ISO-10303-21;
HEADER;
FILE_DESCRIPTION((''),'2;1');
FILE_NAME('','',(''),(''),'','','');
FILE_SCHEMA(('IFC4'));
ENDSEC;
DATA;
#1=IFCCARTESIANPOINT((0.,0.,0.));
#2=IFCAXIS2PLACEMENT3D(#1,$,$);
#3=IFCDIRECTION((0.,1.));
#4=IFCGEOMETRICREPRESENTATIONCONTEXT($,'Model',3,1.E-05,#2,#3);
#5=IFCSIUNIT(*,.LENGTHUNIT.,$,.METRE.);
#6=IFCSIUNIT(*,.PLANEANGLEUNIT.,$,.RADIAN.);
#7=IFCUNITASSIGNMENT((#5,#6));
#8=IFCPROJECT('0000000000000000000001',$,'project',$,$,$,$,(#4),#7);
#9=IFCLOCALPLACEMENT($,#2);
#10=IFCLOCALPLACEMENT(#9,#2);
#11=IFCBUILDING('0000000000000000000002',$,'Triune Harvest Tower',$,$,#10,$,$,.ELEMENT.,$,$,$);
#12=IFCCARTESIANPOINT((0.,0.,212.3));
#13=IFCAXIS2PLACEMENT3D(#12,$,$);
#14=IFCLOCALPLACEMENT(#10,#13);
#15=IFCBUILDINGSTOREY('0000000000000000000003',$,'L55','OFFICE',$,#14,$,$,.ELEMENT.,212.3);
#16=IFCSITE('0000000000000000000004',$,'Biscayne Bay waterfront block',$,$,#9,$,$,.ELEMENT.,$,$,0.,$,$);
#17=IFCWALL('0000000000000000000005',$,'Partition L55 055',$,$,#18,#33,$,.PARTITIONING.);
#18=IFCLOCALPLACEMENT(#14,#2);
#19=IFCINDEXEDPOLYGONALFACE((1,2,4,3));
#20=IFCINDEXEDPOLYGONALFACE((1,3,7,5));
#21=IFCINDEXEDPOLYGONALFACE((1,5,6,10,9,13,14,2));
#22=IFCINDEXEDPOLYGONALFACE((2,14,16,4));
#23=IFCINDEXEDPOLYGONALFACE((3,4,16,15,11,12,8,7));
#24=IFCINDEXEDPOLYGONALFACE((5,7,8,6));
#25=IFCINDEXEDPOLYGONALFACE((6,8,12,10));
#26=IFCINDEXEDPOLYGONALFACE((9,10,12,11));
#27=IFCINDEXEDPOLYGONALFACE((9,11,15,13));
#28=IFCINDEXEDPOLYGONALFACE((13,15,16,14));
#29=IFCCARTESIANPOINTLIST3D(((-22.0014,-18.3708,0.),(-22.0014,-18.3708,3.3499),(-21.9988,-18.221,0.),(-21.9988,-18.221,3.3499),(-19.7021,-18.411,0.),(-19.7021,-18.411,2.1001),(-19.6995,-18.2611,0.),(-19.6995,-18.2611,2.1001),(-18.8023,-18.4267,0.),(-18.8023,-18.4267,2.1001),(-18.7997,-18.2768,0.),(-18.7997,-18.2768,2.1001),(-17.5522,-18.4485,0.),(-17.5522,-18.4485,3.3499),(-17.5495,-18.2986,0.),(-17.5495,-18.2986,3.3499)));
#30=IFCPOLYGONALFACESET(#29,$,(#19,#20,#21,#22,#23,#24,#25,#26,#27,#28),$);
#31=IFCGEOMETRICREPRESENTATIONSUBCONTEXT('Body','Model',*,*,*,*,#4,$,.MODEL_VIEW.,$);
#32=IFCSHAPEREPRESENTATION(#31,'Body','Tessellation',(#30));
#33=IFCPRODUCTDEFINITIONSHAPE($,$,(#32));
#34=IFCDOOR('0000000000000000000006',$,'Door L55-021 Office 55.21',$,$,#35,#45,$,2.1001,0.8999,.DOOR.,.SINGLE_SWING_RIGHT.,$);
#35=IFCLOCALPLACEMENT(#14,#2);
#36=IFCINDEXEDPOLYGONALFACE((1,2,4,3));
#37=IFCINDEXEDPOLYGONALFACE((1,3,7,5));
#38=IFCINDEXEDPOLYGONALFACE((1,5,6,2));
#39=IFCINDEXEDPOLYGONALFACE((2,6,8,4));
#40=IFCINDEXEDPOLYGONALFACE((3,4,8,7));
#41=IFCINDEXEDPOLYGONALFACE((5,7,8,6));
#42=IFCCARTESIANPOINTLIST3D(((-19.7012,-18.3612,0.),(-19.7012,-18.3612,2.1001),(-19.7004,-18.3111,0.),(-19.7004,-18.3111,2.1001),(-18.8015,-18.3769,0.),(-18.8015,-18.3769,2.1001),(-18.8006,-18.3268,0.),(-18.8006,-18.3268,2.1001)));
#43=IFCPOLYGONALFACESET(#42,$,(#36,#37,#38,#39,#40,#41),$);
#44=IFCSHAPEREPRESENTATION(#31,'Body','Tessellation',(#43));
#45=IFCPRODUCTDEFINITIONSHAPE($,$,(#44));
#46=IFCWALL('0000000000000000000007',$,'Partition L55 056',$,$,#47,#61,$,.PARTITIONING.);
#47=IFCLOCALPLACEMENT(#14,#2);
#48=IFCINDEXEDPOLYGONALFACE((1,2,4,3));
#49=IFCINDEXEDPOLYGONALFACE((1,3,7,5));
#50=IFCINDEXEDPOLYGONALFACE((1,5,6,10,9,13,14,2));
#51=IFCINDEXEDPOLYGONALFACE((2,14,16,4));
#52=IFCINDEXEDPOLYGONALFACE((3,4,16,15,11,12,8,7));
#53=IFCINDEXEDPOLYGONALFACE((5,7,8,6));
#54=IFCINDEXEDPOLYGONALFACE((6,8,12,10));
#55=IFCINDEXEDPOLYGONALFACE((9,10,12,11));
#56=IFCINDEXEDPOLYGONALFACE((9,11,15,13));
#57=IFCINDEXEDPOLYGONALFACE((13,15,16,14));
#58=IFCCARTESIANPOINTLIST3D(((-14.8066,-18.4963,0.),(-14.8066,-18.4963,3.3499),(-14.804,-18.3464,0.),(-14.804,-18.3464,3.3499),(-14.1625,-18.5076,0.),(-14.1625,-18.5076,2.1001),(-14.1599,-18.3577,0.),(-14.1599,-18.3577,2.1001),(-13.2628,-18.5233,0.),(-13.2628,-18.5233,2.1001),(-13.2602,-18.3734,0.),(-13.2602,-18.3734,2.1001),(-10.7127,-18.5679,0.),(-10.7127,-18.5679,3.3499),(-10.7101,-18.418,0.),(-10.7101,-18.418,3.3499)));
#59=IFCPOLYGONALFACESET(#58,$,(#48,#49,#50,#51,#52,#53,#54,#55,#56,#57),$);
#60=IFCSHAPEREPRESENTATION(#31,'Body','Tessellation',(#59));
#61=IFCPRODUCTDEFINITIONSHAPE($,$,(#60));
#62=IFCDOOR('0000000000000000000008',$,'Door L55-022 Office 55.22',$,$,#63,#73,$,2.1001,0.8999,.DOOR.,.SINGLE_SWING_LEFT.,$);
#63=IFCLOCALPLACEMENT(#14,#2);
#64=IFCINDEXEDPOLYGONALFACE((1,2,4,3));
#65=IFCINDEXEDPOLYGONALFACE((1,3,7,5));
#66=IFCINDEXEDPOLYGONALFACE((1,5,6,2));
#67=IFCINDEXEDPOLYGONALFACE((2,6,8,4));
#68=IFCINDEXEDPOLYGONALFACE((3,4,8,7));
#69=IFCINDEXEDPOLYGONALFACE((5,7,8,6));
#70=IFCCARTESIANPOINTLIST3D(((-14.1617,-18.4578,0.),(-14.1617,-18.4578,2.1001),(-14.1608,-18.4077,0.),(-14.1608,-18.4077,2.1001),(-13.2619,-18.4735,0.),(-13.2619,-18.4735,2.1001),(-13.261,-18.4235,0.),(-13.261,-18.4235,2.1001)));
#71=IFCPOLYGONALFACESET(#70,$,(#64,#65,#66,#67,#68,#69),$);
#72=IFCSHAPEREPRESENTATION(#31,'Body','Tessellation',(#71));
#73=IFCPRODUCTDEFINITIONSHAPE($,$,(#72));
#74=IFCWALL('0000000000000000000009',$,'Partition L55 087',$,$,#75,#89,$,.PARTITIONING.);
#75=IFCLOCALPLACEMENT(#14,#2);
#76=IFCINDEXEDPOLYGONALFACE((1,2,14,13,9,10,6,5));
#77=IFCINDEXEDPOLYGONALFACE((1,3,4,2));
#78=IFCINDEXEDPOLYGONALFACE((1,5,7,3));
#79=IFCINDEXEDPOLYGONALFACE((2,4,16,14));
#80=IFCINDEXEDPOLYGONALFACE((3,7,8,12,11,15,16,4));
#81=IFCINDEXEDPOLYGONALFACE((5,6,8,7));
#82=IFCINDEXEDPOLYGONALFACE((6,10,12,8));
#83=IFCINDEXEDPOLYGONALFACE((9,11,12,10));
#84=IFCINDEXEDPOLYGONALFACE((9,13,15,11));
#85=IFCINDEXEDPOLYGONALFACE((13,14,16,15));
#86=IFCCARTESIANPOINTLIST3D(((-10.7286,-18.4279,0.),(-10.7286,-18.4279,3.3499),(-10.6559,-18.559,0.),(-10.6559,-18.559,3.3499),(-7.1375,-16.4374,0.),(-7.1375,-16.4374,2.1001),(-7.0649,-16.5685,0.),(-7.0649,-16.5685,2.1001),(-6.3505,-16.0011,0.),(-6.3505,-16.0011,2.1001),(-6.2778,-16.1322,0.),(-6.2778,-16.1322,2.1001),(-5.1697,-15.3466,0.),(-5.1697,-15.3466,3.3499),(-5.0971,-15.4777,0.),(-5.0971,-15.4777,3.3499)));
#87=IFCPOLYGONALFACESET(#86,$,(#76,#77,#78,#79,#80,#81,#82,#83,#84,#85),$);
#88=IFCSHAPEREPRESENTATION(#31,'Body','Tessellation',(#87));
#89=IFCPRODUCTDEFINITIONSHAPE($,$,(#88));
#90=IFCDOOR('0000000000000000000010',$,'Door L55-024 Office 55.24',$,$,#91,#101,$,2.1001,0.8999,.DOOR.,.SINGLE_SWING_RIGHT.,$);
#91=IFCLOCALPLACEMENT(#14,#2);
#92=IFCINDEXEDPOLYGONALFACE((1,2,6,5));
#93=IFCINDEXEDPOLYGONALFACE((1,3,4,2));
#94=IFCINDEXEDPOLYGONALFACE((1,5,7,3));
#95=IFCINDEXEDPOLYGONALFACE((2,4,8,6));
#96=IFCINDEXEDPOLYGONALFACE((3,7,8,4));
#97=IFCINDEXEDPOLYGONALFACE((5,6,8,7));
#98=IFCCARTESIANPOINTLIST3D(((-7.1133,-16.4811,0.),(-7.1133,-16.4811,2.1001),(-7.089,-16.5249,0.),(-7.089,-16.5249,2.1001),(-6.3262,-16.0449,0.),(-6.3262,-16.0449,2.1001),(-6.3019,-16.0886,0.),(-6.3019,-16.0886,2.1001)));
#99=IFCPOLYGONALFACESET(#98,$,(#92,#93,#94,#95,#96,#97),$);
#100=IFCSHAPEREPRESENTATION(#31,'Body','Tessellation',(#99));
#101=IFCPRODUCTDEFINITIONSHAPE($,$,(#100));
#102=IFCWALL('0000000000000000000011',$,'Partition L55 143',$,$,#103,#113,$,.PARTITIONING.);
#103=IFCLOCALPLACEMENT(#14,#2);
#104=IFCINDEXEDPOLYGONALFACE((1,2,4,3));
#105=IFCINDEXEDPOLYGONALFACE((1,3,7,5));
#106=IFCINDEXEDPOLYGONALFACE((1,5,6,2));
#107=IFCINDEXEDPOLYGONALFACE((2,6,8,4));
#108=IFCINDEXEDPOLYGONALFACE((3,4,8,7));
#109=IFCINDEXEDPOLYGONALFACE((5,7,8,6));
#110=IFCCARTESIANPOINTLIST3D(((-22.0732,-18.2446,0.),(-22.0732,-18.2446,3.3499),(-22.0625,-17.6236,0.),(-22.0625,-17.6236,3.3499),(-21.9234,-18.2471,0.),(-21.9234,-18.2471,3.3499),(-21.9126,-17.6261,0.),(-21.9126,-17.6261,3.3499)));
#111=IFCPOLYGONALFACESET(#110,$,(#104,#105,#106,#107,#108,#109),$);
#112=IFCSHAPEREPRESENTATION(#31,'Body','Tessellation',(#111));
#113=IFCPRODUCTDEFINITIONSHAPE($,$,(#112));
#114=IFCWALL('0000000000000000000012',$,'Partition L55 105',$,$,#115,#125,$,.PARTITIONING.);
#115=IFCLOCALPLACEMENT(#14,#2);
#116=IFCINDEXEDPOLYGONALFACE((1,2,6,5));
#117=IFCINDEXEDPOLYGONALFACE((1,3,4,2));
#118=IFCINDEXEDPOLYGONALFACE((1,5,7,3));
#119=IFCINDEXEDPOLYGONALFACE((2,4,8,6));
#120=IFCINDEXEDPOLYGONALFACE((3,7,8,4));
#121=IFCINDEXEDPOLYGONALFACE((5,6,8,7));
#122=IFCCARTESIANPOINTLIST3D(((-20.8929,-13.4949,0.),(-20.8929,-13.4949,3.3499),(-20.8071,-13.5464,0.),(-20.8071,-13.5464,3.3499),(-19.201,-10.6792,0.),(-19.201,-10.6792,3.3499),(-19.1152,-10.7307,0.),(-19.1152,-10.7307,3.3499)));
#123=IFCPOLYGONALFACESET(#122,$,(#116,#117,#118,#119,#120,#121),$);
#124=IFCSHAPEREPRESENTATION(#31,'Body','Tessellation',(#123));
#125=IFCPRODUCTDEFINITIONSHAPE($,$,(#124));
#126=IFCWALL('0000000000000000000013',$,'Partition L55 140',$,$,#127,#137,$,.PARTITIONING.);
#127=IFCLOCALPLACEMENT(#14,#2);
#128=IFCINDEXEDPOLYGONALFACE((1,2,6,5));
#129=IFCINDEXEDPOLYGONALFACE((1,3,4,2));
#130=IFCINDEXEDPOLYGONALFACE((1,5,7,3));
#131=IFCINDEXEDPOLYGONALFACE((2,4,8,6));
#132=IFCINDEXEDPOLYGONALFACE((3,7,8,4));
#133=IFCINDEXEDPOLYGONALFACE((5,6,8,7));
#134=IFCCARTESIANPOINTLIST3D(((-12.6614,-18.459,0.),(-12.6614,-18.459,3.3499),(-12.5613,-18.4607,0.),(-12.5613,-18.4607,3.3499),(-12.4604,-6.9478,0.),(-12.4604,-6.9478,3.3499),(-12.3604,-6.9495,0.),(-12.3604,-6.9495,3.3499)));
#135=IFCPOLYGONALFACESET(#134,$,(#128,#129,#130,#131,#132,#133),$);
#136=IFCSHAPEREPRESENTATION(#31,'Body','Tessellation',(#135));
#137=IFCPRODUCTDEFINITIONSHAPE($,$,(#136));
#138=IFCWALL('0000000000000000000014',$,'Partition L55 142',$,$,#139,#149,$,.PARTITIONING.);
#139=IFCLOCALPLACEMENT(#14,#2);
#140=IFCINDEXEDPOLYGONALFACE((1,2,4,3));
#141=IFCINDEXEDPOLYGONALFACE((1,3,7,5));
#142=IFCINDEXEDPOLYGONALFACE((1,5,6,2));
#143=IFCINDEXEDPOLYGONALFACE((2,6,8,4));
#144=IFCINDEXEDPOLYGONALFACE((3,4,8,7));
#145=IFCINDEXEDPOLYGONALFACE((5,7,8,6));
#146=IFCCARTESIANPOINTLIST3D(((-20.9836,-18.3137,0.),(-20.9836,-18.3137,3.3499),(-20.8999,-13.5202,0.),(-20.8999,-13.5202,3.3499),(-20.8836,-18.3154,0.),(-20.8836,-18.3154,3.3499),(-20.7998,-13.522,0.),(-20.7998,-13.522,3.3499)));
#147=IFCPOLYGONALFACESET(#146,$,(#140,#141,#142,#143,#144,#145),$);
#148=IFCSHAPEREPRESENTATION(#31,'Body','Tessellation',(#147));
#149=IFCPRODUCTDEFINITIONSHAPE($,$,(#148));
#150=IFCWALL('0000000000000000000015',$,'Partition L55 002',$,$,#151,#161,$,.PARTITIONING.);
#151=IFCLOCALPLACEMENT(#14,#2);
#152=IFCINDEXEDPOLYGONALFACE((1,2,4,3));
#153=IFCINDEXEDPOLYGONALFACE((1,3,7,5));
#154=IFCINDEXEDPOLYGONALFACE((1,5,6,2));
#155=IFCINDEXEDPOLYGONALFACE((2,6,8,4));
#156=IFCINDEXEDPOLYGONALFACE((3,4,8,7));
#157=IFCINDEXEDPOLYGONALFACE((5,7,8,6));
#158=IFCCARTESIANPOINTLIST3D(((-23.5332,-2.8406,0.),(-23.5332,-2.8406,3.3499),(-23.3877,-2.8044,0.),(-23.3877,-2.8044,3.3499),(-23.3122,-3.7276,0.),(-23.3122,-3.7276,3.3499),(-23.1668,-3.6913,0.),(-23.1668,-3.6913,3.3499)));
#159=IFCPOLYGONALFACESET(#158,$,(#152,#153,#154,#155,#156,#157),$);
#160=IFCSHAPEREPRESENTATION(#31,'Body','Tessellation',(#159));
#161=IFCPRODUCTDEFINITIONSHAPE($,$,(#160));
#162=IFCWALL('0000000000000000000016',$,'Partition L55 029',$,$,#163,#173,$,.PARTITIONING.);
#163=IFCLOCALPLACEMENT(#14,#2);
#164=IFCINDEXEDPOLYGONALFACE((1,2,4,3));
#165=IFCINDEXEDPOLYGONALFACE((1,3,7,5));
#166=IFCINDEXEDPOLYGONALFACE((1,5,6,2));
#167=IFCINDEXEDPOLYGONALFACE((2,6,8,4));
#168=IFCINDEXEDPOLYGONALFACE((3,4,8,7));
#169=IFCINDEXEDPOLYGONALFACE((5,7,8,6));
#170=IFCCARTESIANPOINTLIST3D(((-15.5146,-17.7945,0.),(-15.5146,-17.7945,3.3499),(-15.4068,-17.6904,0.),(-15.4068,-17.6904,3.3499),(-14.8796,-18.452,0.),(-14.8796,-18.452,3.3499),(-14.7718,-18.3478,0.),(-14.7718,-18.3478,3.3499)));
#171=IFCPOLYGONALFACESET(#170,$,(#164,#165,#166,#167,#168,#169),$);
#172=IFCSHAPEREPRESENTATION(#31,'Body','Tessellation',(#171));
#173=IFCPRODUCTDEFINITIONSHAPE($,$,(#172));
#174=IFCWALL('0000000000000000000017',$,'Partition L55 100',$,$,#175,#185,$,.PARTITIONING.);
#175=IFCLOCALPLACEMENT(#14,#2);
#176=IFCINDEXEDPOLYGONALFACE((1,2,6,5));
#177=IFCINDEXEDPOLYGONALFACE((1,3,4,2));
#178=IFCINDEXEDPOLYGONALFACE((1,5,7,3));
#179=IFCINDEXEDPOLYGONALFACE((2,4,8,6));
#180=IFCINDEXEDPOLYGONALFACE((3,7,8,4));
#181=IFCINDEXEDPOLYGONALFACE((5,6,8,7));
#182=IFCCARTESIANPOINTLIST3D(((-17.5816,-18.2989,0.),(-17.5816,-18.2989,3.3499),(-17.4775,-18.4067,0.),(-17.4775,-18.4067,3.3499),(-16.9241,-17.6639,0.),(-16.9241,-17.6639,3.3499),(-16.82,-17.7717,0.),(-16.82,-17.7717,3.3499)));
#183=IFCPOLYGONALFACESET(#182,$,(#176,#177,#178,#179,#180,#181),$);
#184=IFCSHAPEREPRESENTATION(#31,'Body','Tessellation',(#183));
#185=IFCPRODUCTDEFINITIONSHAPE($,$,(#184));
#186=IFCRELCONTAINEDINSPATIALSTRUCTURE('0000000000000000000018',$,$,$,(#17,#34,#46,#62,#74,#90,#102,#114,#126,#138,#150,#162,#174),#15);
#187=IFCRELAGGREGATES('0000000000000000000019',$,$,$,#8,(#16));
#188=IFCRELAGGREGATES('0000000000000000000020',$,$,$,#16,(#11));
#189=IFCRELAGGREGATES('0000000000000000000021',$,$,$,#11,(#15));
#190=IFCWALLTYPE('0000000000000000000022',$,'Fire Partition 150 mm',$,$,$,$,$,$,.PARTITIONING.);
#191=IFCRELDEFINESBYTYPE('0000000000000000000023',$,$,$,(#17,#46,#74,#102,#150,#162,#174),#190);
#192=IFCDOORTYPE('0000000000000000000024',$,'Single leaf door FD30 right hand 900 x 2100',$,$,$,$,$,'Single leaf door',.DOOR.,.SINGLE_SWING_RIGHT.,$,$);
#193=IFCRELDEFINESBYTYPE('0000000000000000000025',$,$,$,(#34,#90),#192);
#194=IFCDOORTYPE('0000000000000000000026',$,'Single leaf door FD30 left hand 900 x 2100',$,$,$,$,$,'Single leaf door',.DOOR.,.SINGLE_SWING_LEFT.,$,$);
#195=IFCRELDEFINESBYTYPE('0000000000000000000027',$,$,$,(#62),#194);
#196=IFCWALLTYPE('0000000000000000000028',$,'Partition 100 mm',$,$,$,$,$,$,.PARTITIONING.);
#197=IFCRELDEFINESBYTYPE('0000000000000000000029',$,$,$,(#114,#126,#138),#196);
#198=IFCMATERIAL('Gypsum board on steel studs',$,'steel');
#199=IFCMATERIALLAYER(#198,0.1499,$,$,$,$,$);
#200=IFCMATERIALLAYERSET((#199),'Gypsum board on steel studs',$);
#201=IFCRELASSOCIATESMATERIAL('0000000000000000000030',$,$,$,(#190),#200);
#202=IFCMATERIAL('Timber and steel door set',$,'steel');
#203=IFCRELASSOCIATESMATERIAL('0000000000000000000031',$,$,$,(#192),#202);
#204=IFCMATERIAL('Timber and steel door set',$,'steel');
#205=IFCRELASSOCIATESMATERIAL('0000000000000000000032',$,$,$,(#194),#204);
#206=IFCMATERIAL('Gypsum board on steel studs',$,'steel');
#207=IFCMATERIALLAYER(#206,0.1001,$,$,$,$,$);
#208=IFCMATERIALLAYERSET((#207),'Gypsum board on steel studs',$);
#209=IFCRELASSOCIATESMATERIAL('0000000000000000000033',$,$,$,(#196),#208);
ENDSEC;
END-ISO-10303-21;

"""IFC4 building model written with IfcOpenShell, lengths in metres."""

from ifc_helpers import new_model, si_unit, direction, frame, frame_2d, origin, place, context, subcontext, project, spatial, rectangle, extrude, source, transform, mapped, material, layer, layer_set, type_object, element, fill, save


model = new_model("IFC4")

# Units and contexts
model_context = context("Model", 3, precision=1e-05, world=origin(), true_north=direction((0.0, 1.0)))
body_context = subcontext(model_context, "Body", "Model", "MODEL_VIEW")
ifc_project = project(units=[si_unit("LENGTHUNIT", "METRE"), si_unit("PLANEANGLEUNIT", "RADIAN")], contexts=[model_context])

# Site, building, storey
site_placement = place(None, origin())
site = spatial("IfcSite", under=ifc_project, at=site_placement, Name="Biscayne Bay waterfront block", CompositionType="ELEMENT", RefElevation=0.0)
building_placement = place(site_placement, origin())
building = spatial("IfcBuilding", under=site, at=building_placement, Name="Triune Harvest Tower", CompositionType="ELEMENT")
storey_placement = place(building_placement, frame((0.0, 0.0, 212.3)))
storey = spatial("IfcBuildingStorey", under=building, at=storey_placement, Name="L55", Description="OFFICE", CompositionType="ELEMENT", Elevation=212.3)

# Walls, openings, doors
ifc_material_1 = material(Name="Gypsum board on steel studs", Category="steel")
ifc_layer_1 = layer(ifc_material_1, 0.1499)
ifc_layer_set_1 = layer_set([ifc_layer_1], Name="Gypsum board on steel studs")
wall_type_1 = type_object("IfcWallType", Name="Fire Partition 150 mm", PredefinedType="PARTITIONING", material=ifc_layer_set_1)
wall_1_placement = place(storey_placement, frame((-22.0002, -18.2959, 0.0), z_axis=(0.0, 0.0, 1.0), x_axis=(0.999848, -0.017447, 0.0)))
wall_1 = element("IfcWall", 1, at=wall_1_placement, inside=storey, type_object=wall_type_1, Name="Partition L55 055", PredefinedType="PARTITIONING", context=body_context, shape_type="SweptSolid", body=[
    extrude(rectangle(XDim=4.45, YDim=0.1499, at=frame_2d((2.2251, 0.0))), origin(), (0.0, 0.0, 1.0), 3.3499),
])
opening_1_placement = place(wall_1_placement, frame((2.2998, 0.0, 0.0)))
opening_1 = element("IfcOpeningElement", 2, at=opening_1_placement, cuts=wall_1, PredefinedType="OPENING", context=body_context, shape_type="SweptSolid", body=[
    extrude(rectangle(XDim=0.8999, YDim=2.1001, at=frame_2d((0.45, 1.05))), frame((0.0, 0.085, 0.0), z_axis=(0.0, -1.0, 0.0), x_axis=(1.0, 0.0, 0.0)), (0.0, 0.0, 1.0), 0.1699),
])
ifc_material_2 = material(Name="Timber and steel door set", Category="steel")
door_type_1 = type_object("IfcDoorType", Name="Single leaf door FD30 right hand 900 x 2100", ElementType="Single leaf door", OperationType="SINGLE_SWING_RIGHT", PredefinedType="DOOR", material=ifc_material_2)
door_1_placement = place(opening_1_placement, origin())
door_1 = element("IfcDoor", 3, at=door_1_placement, inside=storey, type_object=door_type_1, Name="Door L55-021 Office 55.21", OperationType="SINGLE_SWING_RIGHT", OverallHeight=2.1001, OverallWidth=0.8999, PredefinedType="DOOR", context=body_context, shape_type="SweptSolid", body=[
    extrude(rectangle(XDim=0.8999, YDim=2.1001, at=frame_2d((0.45, 1.05))), frame((0.0, 0.0249, 0.0), z_axis=(0.0, -1.0, 0.0), x_axis=(1.0, 0.0, 0.0)), (0.0, 0.0, 1.0), 0.05),
])
fill(opening_1, door_1)
wall_2_placement = place(storey_placement, frame((-14.8054, -18.4214, 0.0), z_axis=(0.0, 0.0, 1.0), x_axis=(0.999847, -0.017471, 0.0)))
wall_2 = element("IfcWall", 4, at=wall_2_placement, inside=storey, type_object=wall_type_1, Name="Partition L55 056", PredefinedType="PARTITIONING", context=body_context, shape_type="SweptSolid", body=[
    extrude(rectangle(XDim=4.0945, YDim=0.1499, at=frame_2d((2.0474, 0.0))), origin(), (0.0, 0.0, 1.0), 3.3499),
])
opening_2_placement = place(wall_2_placement, frame((0.6443, 0.0, 0.0)))
opening_2 = element("IfcOpeningElement", 5, at=opening_2_placement, cuts=wall_2, PredefinedType="OPENING", context=body_context, shape_type="SweptSolid", body=[
    extrude(rectangle(XDim=0.8999, YDim=2.1001, at=frame_2d((0.45, 1.05))), frame((0.0, 0.085, 0.0), z_axis=(0.0, -1.0, 0.0), x_axis=(1.0, 0.0, 0.0)), (0.0, 0.0, 1.0), 0.1699),
])
ifc_material_3 = material(Name="Timber and steel door set", Category="steel")
door_type_2 = type_object("IfcDoorType", Name="Single leaf door FD30 left hand 900 x 2100", ElementType="Single leaf door", OperationType="SINGLE_SWING_LEFT", PredefinedType="DOOR", material=ifc_material_3)
door_2_placement = place(opening_2_placement, origin())
door_2 = element("IfcDoor", 6, at=door_2_placement, inside=storey, type_object=door_type_2, Name="Door L55-022 Office 55.22", OperationType="SINGLE_SWING_LEFT", OverallHeight=2.1001, OverallWidth=0.8999, PredefinedType="DOOR", context=body_context, shape_type="SweptSolid", body=[
    extrude(rectangle(XDim=0.8999, YDim=2.1001, at=frame_2d((0.45, 1.05))), frame((0.0, 0.0249, 0.0), z_axis=(0.0, -1.0, 0.0), x_axis=(1.0, 0.0, 0.0)), (0.0, 0.0, 1.0), 0.05),
])
fill(opening_2, door_2)
wall_3_placement = place(storey_placement, frame((-10.6921, -18.4934, 0.0), z_axis=(0.0, 0.0, 1.0), x_axis=(0.874621, 0.484808, 0.0)))
wall_3 = element("IfcWall", 7, at=wall_3_placement, inside=storey, type_object=wall_type_1, Name="Partition L55 087", PredefinedType="PARTITIONING", context=body_context, shape_type="SweptSolid", body=[
    extrude(rectangle(XDim=6.3557, YDim=0.1499, at=frame_2d((3.1777, 0.0))), origin(), (0.0, 0.0, 1.0), 3.3499),
])
opening_3_placement = place(wall_3_placement, frame((4.1057, 0.0, 0.0)))
opening_3 = element("IfcOpeningElement", 8, at=opening_3_placement, cuts=wall_3, PredefinedType="OPENING", context=body_context, shape_type="SweptSolid", body=[
    extrude(rectangle(XDim=0.8999, YDim=2.1001, at=frame_2d((0.45, 1.05))), frame((0.0, 0.085, 0.0), z_axis=(0.0, -1.0, 0.0), x_axis=(1.0, 0.0, 0.0)), (0.0, 0.0, 1.0), 0.1699),
])
door_3_placement = place(opening_3_placement, origin())
door_3 = element("IfcDoor", 9, at=door_3_placement, inside=storey, type_object=door_type_1, Name="Door L55-024 Office 55.24", OperationType="SINGLE_SWING_RIGHT", OverallHeight=2.1001, OverallWidth=0.8999, PredefinedType="DOOR", context=body_context, shape_type="SweptSolid", body=[
    extrude(rectangle(XDim=0.8999, YDim=2.1001, at=frame_2d((0.45, 1.05))), frame((0.0, 0.0249, 0.0), z_axis=(0.0, -1.0, 0.0), x_axis=(1.0, 0.0, 0.0)), (0.0, 0.0, 1.0), 0.05),
])
fill(opening_3, door_3)

# Walls
wall_4_placement = place(storey_placement, frame((-21.9983, -18.2458, 0.0), z_axis=(0.0, 0.0, 1.0), x_axis=(0.017293, 0.99985, 0.0)))
element("IfcWall", 10, at=wall_4_placement, inside=storey, type_object=wall_type_1, Name="Partition L55 143", PredefinedType="PARTITIONING", context=body_context, shape_type="SweptSolid", body=[
    extrude(rectangle(XDim=0.6211, YDim=0.1499, at=frame_2d((0.3105, 0.0))), origin(), (0.0, 0.0, 1.0), 3.3499),
])
ifc_material_4 = material(Name="Gypsum board on steel studs", Category="steel")
ifc_layer_2 = layer(ifc_material_4, 0.1001)
ifc_layer_set_2 = layer_set([ifc_layer_2], Name="Gypsum board on steel studs")
wall_type_2 = type_object("IfcWallType", Name="Partition 100 mm", PredefinedType="PARTITIONING", material=ifc_layer_set_2)
wall_5_placement = place(storey_placement, frame((-20.8501, -13.5208, 0.0), z_axis=(0.0, 0.0, 1.0), x_axis=(0.515053, 0.857158, 0.0)))
element("IfcWall", 11, at=wall_5_placement, inside=storey, type_object=wall_type_2, Name="Partition L55 105", PredefinedType="PARTITIONING", context=body_context, shape_type="SweptSolid", body=[
    extrude(rectangle(XDim=3.2849, YDim=0.1001, at=frame_2d((1.6426, 0.0))), origin(), (0.0, 0.0, 1.0), 3.3499),
])
wall_6_placement = place(storey_placement, frame((-12.6113, -18.4597, 0.0), z_axis=(0.0, 0.0, 1.0), x_axis=(0.017452, 0.999848, 0.0)))
element("IfcWall", 12, at=wall_6_placement, inside=storey, type_object=wall_type_2, Name="Partition L55 140", PredefinedType="PARTITIONING", context=body_context, shape_type="SweptSolid", body=[
    extrude(rectangle(XDim=11.5129, YDim=0.1001, at=frame_2d((5.7563, 0.0))), origin(), (0.0, 0.0, 1.0), 3.3499),
])
wall_7_placement = place(storey_placement, frame((-20.9336, -18.3145, 0.0), z_axis=(0.0, 0.0, 1.0), x_axis=(0.017467, 0.999847, 0.0)))
element("IfcWall", 13, at=wall_7_placement, inside=storey, type_object=wall_type_2, Name="Partition L55 142", PredefinedType="PARTITIONING", context=body_context, shape_type="SweptSolid", body=[
    extrude(rectangle(XDim=4.7942, YDim=0.1001, at=frame_2d((2.397, 0.0))), origin(), (0.0, 0.0, 1.0), 3.3499),
])
shared_shape_1 = source(origin(), body_context, "Body", "SweptSolid", [
    extrude(rectangle(XDim=0.9141, YDim=0.1499, at=frame_2d((0.457, 0.0))), origin(), (0.0, 0.0, 1.0), 3.3499),
])
for number, where, z_axis, x_axis, name in (
    (14, (-23.4604, -2.8225, 0.0), (0.0, 0.0, 1.0), (0.241719, -0.970346, 0.0), "Partition L55 002"),
    (15, (-15.4607, -17.7424, 0.0), (0.0, 0.0, 1.0), (0.694714, -0.719286, 0.0), "Partition L55 029"),
    (16, (-17.5295, -18.3528, 0.0), (0.0, 0.0, 1.0), (0.719286, 0.694714, 0.0), "Partition L55 100"),
):
    element("IfcWall", number, at=place(storey_placement, frame(where, z_axis=z_axis, x_axis=x_axis)), inside=storey, type_object=wall_type_1, Name=name, PredefinedType="PARTITIONING", context=body_context, shape_type="MappedRepresentation", body=[
        mapped(shared_shape_1, transform((0.0, 0.0, 0.0), scale=1.0)),
    ])

save(model, "model.ifc")
